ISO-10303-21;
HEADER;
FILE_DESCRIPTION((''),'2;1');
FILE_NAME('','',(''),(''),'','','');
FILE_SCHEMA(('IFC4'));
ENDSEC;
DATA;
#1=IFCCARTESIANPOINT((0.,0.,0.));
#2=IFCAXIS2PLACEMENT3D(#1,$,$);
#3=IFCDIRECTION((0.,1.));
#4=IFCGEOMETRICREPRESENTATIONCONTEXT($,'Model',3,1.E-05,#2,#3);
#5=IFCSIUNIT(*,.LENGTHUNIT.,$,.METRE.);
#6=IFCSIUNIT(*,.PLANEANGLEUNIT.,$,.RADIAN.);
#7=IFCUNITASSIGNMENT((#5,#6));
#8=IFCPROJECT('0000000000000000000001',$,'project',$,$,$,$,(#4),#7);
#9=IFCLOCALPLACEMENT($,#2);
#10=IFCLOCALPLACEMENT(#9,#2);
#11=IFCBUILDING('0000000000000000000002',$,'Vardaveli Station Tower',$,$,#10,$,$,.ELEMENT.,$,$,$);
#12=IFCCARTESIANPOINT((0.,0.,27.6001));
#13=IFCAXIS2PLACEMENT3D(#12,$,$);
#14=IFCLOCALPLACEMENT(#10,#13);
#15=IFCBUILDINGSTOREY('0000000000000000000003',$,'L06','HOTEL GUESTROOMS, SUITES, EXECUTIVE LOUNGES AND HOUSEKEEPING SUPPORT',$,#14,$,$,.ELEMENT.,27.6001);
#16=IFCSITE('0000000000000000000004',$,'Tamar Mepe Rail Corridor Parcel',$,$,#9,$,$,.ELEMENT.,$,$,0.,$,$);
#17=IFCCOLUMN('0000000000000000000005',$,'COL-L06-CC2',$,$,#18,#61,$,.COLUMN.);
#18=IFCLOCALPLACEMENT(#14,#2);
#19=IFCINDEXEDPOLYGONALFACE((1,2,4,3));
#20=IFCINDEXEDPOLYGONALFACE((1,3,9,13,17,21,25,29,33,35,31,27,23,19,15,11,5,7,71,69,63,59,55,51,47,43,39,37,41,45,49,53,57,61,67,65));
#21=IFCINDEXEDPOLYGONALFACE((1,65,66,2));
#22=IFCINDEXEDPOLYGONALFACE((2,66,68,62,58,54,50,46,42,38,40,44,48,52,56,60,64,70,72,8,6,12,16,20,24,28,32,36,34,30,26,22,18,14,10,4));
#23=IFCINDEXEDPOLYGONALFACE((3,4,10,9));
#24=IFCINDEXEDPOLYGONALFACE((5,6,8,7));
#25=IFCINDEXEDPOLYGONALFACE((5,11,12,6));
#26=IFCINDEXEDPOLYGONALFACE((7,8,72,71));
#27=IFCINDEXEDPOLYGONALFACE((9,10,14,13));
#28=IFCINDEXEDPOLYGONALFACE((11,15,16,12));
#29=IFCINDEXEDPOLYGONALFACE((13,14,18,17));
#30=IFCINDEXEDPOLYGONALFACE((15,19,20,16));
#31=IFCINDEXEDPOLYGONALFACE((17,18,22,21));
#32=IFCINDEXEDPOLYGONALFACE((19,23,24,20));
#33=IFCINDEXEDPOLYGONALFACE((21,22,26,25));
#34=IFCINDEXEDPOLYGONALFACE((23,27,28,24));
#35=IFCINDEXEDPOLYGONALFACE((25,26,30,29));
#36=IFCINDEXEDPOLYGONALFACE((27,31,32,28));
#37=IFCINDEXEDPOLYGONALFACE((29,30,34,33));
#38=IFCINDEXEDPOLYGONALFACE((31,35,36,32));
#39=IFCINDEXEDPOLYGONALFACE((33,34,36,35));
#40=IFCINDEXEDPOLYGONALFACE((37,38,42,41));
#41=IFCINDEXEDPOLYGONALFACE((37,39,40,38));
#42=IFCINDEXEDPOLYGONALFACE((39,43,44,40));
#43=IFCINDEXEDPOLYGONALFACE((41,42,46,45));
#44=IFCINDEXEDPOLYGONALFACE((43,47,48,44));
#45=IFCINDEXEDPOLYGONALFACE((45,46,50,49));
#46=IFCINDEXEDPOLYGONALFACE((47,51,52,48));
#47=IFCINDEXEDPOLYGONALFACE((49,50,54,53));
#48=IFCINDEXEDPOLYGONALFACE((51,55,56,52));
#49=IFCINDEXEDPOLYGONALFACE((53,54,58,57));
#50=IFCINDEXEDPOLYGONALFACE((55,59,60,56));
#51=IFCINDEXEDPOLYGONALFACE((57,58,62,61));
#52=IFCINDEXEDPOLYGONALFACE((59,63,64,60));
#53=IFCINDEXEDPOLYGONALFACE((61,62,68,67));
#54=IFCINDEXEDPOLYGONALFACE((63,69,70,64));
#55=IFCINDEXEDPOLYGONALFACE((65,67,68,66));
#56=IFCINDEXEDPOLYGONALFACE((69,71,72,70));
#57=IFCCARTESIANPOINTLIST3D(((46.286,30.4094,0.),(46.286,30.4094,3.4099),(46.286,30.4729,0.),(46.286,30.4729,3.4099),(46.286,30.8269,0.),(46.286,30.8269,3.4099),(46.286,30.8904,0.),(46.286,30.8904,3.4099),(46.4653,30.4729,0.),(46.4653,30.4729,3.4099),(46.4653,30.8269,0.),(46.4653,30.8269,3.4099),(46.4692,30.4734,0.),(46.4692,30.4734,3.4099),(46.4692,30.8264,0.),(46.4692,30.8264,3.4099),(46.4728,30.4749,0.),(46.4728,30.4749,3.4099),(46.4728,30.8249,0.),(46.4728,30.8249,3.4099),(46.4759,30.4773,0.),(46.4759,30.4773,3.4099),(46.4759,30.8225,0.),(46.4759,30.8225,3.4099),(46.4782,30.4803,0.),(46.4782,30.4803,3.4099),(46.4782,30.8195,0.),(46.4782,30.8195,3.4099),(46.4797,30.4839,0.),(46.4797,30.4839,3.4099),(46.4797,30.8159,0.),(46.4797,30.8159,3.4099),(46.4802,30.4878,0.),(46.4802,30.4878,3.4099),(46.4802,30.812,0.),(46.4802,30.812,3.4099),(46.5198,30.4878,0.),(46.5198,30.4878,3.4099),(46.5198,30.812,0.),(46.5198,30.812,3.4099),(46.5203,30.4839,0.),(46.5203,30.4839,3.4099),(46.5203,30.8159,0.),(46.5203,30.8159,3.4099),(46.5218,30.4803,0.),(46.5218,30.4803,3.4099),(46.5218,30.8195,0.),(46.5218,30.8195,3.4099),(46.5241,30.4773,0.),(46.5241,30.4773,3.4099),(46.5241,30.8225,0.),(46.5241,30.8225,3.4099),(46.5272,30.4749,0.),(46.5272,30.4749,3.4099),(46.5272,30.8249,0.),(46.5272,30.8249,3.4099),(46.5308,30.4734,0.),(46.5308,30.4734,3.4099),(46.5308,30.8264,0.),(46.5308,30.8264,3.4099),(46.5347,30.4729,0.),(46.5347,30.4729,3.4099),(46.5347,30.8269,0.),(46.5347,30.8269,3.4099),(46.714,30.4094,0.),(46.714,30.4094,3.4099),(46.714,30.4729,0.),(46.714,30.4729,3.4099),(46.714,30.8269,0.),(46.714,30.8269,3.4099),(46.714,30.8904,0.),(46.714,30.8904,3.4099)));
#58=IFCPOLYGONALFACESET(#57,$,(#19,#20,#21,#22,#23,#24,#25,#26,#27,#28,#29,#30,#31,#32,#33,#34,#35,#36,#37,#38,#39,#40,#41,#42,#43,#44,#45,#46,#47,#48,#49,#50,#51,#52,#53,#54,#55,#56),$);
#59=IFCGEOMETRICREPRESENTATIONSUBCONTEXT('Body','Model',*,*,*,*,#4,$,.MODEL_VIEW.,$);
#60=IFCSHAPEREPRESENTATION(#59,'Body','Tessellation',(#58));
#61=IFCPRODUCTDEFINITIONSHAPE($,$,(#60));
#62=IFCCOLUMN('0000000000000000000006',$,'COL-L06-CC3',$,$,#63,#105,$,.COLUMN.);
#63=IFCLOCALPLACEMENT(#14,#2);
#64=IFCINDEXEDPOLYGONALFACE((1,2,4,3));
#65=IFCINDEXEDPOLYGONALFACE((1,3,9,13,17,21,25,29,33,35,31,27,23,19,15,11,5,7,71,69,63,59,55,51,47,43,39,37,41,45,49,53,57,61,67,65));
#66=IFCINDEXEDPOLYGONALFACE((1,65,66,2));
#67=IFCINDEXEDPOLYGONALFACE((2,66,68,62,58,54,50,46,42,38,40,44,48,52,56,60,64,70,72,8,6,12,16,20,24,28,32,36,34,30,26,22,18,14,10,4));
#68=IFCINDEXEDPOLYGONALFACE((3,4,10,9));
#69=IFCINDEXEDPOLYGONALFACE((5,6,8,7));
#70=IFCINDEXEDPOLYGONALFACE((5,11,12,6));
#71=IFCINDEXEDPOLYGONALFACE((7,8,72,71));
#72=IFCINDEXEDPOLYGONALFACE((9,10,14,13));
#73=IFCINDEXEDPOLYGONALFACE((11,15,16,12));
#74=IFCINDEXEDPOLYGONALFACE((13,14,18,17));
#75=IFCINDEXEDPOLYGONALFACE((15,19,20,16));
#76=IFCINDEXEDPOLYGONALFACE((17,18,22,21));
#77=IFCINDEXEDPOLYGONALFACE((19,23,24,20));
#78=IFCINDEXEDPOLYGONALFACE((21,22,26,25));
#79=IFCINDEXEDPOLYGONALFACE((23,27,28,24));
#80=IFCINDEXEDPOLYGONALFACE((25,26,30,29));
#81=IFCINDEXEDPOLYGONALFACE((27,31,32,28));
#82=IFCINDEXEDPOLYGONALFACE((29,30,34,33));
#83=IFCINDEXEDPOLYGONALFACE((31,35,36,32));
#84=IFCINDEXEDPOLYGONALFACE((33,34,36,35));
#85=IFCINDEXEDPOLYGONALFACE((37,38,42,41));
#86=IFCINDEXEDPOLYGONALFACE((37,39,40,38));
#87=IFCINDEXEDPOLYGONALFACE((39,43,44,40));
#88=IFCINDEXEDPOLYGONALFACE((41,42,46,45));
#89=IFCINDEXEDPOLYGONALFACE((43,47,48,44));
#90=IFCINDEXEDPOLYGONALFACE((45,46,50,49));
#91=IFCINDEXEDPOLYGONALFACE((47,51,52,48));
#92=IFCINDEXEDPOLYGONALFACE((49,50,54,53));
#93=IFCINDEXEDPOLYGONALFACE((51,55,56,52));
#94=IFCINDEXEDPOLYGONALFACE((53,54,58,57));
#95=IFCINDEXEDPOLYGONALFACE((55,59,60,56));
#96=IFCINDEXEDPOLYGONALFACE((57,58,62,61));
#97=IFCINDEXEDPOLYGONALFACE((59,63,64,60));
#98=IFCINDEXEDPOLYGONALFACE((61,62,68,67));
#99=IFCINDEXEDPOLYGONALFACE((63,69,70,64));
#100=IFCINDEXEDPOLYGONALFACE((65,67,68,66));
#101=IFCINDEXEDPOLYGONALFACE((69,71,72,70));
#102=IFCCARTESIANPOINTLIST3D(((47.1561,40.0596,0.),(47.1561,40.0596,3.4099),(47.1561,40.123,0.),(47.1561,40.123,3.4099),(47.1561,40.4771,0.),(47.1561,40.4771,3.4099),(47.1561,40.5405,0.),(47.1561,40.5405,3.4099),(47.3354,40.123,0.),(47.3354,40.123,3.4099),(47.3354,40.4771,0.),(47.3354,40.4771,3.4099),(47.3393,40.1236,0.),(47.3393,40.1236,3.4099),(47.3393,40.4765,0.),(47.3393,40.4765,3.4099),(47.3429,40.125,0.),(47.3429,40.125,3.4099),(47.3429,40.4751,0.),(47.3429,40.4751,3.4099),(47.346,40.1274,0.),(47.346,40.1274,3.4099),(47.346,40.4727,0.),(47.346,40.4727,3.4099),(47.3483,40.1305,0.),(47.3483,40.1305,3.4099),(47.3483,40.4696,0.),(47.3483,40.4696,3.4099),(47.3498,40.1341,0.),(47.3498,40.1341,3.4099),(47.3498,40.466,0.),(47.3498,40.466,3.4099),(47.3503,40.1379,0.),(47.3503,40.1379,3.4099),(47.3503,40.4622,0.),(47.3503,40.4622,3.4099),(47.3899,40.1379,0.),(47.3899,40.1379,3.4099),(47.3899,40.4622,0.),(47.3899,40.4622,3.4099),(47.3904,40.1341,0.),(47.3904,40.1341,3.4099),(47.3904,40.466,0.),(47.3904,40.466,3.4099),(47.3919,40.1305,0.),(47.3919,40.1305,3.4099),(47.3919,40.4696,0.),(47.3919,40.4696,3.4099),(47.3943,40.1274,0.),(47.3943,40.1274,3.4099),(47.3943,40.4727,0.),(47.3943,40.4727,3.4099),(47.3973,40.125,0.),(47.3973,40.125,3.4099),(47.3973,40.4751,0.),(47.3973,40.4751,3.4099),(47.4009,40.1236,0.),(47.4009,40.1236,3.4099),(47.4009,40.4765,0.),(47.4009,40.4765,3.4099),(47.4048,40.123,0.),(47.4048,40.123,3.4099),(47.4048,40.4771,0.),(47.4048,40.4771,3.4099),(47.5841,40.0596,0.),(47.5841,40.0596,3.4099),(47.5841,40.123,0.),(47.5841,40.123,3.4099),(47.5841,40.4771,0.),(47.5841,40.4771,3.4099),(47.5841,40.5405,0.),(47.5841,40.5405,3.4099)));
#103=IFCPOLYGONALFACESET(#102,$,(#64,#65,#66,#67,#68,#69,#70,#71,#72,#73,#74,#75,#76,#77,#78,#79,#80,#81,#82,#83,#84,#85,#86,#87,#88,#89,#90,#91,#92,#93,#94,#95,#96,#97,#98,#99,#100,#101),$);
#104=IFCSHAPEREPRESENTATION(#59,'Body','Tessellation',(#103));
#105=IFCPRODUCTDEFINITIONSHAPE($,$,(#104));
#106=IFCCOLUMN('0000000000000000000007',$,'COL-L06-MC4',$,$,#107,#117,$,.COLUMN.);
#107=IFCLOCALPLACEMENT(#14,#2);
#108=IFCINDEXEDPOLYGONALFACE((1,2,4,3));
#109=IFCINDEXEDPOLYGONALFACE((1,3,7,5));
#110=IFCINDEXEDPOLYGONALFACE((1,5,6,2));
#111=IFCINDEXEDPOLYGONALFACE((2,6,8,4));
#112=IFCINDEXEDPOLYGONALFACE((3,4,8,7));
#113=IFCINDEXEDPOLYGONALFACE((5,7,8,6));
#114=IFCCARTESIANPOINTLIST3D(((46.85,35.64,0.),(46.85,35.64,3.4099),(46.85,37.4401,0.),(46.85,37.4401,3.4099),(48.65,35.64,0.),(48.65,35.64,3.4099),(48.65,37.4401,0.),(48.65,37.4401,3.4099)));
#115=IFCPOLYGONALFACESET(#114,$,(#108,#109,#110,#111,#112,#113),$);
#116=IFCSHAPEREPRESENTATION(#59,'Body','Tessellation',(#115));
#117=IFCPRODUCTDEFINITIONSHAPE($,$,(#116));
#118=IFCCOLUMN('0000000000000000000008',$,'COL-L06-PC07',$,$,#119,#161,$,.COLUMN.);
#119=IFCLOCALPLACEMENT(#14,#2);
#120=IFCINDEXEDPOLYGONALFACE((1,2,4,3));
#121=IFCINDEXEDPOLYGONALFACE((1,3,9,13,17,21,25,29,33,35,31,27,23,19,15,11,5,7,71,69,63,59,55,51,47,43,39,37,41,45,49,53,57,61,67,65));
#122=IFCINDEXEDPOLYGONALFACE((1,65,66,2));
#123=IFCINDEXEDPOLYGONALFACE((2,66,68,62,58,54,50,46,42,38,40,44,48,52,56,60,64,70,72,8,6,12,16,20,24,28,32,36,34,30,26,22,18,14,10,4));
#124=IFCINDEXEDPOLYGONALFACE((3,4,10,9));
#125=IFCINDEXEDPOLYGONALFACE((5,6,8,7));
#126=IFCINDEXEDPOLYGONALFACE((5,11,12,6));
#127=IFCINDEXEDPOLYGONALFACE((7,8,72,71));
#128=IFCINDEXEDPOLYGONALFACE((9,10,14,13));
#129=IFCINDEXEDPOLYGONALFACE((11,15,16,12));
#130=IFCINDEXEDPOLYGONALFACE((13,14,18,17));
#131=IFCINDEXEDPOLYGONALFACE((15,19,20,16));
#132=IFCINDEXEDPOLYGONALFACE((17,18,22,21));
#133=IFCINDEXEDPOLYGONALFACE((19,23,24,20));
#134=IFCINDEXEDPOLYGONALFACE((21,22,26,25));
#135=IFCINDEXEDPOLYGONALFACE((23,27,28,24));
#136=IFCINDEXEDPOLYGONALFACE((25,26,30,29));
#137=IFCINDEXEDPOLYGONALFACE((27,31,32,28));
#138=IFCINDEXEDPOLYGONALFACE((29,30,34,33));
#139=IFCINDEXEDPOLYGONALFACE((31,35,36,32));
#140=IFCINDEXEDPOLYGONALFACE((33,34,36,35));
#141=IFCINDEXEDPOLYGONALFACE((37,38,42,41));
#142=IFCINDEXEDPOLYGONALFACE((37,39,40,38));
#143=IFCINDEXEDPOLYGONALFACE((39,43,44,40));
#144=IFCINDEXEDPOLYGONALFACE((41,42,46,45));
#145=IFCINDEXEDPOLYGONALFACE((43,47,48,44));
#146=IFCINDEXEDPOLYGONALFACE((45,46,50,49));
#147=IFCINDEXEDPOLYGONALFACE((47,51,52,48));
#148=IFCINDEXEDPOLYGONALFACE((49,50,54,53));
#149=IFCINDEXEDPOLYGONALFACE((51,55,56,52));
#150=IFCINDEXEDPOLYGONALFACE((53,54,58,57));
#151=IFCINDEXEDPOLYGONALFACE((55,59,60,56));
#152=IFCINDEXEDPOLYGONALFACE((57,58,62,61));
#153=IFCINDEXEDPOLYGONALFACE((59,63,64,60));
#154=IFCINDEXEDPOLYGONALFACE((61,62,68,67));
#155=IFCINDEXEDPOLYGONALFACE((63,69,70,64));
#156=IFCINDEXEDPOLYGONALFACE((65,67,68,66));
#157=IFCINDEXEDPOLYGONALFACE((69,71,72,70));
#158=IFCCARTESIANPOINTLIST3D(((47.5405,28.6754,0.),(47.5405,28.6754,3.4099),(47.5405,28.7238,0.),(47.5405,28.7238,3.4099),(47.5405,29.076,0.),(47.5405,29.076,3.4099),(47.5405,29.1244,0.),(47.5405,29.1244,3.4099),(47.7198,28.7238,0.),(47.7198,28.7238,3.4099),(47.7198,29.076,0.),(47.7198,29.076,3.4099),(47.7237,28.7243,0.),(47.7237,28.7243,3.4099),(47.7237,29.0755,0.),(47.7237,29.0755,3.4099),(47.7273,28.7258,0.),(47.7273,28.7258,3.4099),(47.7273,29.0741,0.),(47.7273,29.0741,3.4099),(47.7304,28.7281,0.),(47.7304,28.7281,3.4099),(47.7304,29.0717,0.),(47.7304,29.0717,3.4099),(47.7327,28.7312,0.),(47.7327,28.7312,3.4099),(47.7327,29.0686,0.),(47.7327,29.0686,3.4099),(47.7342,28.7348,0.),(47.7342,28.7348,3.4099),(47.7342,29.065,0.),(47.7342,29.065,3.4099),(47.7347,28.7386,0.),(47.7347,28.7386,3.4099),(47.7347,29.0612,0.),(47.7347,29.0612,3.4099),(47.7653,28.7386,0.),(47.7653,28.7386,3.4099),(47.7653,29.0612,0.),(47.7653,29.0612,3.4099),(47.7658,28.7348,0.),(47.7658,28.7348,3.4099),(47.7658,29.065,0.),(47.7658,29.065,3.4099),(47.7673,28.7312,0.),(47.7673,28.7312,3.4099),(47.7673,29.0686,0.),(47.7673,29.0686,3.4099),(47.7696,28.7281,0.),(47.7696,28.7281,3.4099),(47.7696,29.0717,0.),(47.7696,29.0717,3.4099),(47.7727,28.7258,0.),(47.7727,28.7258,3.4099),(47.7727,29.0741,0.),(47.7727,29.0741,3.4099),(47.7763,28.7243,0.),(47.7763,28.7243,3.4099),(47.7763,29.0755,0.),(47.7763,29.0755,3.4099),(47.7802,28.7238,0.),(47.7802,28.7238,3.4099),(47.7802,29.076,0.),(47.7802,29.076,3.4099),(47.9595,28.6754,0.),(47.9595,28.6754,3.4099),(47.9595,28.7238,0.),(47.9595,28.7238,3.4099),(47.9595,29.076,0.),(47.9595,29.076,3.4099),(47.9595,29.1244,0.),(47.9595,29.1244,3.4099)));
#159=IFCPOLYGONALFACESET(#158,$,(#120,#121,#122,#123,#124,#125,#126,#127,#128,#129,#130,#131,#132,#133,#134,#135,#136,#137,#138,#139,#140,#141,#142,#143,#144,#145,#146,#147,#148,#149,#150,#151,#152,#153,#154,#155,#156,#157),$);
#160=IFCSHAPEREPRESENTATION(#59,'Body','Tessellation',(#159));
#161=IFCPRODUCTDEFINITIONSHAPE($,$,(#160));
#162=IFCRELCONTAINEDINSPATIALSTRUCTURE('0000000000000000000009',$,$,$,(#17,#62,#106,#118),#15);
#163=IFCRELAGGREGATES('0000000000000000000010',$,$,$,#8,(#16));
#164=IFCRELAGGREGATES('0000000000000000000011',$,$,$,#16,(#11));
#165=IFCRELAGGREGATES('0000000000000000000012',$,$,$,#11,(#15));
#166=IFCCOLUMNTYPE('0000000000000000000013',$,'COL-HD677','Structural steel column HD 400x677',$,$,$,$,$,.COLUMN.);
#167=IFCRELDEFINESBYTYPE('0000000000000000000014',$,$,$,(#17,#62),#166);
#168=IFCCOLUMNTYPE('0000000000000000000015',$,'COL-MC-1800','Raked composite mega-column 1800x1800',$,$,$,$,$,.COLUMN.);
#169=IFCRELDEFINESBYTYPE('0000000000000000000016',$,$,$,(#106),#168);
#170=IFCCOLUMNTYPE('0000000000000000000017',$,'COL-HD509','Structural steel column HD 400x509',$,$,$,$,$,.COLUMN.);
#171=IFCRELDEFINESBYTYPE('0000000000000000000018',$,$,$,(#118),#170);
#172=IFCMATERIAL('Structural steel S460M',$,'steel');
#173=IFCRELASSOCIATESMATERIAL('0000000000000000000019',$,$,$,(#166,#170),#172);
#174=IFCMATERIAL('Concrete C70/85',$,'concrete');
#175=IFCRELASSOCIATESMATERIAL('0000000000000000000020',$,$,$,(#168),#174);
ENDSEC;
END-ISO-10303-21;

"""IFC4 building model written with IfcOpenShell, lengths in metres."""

from ifc_helpers import new_model, si_unit, direction, frame, origin, origin_2d, place, context, subcontext, project, spatial, rectangle, i_section, extrude, source, transform, mapped, material, material_profile, profile_set, type_object, element, save


model = new_model("IFC4")

# Units and contexts
model_context = context("Model", 3, precision=1e-05, world=origin(), true_north=direction((0.0, 1.0)))
body_context = subcontext(model_context, "Body", "Model", "MODEL_VIEW")
ifc_project = project(units=[si_unit("LENGTHUNIT", "METRE"), si_unit("PLANEANGLEUNIT", "RADIAN")], contexts=[model_context])

# Site, building, storey
site_placement = place(None, origin())
site = spatial("IfcSite", under=ifc_project, at=site_placement, Name="Tamar Mepe Rail Corridor Parcel", CompositionType="ELEMENT", RefElevation=0.0)
building_placement = place(site_placement, origin())
building = spatial("IfcBuilding", under=site, at=building_placement, Name="Vardaveli Station Tower", CompositionType="ELEMENT")
storey_placement = place(building_placement, frame((0.0, 0.0, 27.6001)))
storey = spatial("IfcBuildingStorey", under=building, at=storey_placement, Name="L06", Description="HOTEL GUESTROOMS, SUITES, EXECUTIVE LOUNGES AND HOUSEKEEPING SUPPORT", CompositionType="ELEMENT", Elevation=27.6001)

# Columns
ifc_material_1 = material(Name="Structural steel S460M", Category="steel")
ifc_material_profile_1 = material_profile(ifc_material_1, i_section(OverallWidth=0.428, OverallDepth=0.481, WebThickness=0.0396, FlangeThickness=0.0635, FilletRadius=0.0149, at=origin_2d()), Name="HD 400x677")
ifc_profile_set_1 = profile_set([ifc_material_profile_1], Name="Structural steel S460M")
column_type_1 = type_object("IfcColumnType", Name="COL-HD677", Description="Structural steel column HD 400x677", PredefinedType="COLUMN", material=ifc_profile_set_1)
shared_shape_1 = source(origin(), body_context, "Body", "SweptSolid", [
    extrude(i_section(OverallWidth=0.428, OverallDepth=0.481, WebThickness=0.0396, FlangeThickness=0.0635, FilletRadius=0.0149, at=origin_2d()), origin(), (0.0, 0.0, 1.0), 3.4099),
])
for number, where, z_axis, x_axis, name in (
    (1, (46.5, 30.6499, 0.0), (0.0, 0.0, 1.0), (1.0, 0.0, 0.0), "COL-L06-CC2"),
    (2, (47.3701, 40.3, 0.0), (0.0, 0.0, 1.0), (1.0, 0.0, 0.0), "COL-L06-CC3"),
):
    element("IfcColumn", number, at=place(storey_placement, frame(where, z_axis=z_axis, x_axis=x_axis)), inside=storey, type_object=column_type_1, Name=name, PredefinedType="COLUMN", context=body_context, shape_type="MappedRepresentation", body=[
        mapped(shared_shape_1, transform((0.0, 0.0, 0.0), scale=1.0)),
    ])
ifc_material_2 = material(Name="Concrete C70/85", Category="concrete")
ifc_material_profile_2 = material_profile(ifc_material_2, rectangle(XDim=1.8, YDim=1.8, at=origin_2d()), Name="MC 1800x1800")
ifc_profile_set_2 = profile_set([ifc_material_profile_2], Name="Concrete C70/85")
column_type_2 = type_object("IfcColumnType", Name="COL-MC-1800", Description="Raked composite mega-column 1800x1800", PredefinedType="COLUMN", material=ifc_profile_set_2)
shared_shape_2 = source(origin(), body_context, "Body", "SweptSolid", [
    extrude(rectangle(XDim=1.8, YDim=1.8, at=origin_2d()), origin(), (0.0, 0.0, 1.0), 3.4099),
])
column_placement = place(storey_placement, frame((47.75, 36.54, 0.0), z_axis=(0.0, 0.0, 1.0), x_axis=(1.0, 0.0, 0.0)))
element("IfcColumn", 3, at=column_placement, inside=storey, type_object=column_type_2, Name="COL-L06-MC4", PredefinedType="COLUMN", context=body_context, shape_type="MappedRepresentation", body=[
    mapped(shared_shape_2, transform((0.0, 0.0, 0.0), scale=1.0)),
])
ifc_material_profile_3 = material_profile(ifc_material_1, i_section(OverallWidth=0.4189, OverallDepth=0.449, WebThickness=0.0305, FlangeThickness=0.0483, FilletRadius=0.0149, at=origin_2d()), Name="HD 400x509")
ifc_profile_set_3 = profile_set([ifc_material_profile_3], Name="Structural steel S460M")
column_type_3 = type_object("IfcColumnType", Name="COL-HD509", Description="Structural steel column HD 400x509", PredefinedType="COLUMN", material=ifc_profile_set_3)
shared_shape_3 = source(origin(), body_context, "Body", "SweptSolid", [
    extrude(i_section(OverallWidth=0.4189, OverallDepth=0.449, WebThickness=0.0305, FlangeThickness=0.0483, FilletRadius=0.0149, at=origin_2d()), origin(), (0.0, 0.0, 1.0), 3.4099),
])
for number, where, z_axis, x_axis, name in (
    (4, (47.75, 28.8999, 0.0), (0.0, 0.0, 1.0), (1.0, 0.0, 0.0), "COL-L06-PC07"),
):
    element("IfcColumn", number, at=place(storey_placement, frame(where, z_axis=z_axis, x_axis=x_axis)), inside=storey, type_object=column_type_3, Name=name, PredefinedType="COLUMN", context=body_context, shape_type="MappedRepresentation", body=[
        mapped(shared_shape_3, transform((0.0, 0.0, 0.0), scale=1.0)),
    ])

save(model, "model.ifc")
